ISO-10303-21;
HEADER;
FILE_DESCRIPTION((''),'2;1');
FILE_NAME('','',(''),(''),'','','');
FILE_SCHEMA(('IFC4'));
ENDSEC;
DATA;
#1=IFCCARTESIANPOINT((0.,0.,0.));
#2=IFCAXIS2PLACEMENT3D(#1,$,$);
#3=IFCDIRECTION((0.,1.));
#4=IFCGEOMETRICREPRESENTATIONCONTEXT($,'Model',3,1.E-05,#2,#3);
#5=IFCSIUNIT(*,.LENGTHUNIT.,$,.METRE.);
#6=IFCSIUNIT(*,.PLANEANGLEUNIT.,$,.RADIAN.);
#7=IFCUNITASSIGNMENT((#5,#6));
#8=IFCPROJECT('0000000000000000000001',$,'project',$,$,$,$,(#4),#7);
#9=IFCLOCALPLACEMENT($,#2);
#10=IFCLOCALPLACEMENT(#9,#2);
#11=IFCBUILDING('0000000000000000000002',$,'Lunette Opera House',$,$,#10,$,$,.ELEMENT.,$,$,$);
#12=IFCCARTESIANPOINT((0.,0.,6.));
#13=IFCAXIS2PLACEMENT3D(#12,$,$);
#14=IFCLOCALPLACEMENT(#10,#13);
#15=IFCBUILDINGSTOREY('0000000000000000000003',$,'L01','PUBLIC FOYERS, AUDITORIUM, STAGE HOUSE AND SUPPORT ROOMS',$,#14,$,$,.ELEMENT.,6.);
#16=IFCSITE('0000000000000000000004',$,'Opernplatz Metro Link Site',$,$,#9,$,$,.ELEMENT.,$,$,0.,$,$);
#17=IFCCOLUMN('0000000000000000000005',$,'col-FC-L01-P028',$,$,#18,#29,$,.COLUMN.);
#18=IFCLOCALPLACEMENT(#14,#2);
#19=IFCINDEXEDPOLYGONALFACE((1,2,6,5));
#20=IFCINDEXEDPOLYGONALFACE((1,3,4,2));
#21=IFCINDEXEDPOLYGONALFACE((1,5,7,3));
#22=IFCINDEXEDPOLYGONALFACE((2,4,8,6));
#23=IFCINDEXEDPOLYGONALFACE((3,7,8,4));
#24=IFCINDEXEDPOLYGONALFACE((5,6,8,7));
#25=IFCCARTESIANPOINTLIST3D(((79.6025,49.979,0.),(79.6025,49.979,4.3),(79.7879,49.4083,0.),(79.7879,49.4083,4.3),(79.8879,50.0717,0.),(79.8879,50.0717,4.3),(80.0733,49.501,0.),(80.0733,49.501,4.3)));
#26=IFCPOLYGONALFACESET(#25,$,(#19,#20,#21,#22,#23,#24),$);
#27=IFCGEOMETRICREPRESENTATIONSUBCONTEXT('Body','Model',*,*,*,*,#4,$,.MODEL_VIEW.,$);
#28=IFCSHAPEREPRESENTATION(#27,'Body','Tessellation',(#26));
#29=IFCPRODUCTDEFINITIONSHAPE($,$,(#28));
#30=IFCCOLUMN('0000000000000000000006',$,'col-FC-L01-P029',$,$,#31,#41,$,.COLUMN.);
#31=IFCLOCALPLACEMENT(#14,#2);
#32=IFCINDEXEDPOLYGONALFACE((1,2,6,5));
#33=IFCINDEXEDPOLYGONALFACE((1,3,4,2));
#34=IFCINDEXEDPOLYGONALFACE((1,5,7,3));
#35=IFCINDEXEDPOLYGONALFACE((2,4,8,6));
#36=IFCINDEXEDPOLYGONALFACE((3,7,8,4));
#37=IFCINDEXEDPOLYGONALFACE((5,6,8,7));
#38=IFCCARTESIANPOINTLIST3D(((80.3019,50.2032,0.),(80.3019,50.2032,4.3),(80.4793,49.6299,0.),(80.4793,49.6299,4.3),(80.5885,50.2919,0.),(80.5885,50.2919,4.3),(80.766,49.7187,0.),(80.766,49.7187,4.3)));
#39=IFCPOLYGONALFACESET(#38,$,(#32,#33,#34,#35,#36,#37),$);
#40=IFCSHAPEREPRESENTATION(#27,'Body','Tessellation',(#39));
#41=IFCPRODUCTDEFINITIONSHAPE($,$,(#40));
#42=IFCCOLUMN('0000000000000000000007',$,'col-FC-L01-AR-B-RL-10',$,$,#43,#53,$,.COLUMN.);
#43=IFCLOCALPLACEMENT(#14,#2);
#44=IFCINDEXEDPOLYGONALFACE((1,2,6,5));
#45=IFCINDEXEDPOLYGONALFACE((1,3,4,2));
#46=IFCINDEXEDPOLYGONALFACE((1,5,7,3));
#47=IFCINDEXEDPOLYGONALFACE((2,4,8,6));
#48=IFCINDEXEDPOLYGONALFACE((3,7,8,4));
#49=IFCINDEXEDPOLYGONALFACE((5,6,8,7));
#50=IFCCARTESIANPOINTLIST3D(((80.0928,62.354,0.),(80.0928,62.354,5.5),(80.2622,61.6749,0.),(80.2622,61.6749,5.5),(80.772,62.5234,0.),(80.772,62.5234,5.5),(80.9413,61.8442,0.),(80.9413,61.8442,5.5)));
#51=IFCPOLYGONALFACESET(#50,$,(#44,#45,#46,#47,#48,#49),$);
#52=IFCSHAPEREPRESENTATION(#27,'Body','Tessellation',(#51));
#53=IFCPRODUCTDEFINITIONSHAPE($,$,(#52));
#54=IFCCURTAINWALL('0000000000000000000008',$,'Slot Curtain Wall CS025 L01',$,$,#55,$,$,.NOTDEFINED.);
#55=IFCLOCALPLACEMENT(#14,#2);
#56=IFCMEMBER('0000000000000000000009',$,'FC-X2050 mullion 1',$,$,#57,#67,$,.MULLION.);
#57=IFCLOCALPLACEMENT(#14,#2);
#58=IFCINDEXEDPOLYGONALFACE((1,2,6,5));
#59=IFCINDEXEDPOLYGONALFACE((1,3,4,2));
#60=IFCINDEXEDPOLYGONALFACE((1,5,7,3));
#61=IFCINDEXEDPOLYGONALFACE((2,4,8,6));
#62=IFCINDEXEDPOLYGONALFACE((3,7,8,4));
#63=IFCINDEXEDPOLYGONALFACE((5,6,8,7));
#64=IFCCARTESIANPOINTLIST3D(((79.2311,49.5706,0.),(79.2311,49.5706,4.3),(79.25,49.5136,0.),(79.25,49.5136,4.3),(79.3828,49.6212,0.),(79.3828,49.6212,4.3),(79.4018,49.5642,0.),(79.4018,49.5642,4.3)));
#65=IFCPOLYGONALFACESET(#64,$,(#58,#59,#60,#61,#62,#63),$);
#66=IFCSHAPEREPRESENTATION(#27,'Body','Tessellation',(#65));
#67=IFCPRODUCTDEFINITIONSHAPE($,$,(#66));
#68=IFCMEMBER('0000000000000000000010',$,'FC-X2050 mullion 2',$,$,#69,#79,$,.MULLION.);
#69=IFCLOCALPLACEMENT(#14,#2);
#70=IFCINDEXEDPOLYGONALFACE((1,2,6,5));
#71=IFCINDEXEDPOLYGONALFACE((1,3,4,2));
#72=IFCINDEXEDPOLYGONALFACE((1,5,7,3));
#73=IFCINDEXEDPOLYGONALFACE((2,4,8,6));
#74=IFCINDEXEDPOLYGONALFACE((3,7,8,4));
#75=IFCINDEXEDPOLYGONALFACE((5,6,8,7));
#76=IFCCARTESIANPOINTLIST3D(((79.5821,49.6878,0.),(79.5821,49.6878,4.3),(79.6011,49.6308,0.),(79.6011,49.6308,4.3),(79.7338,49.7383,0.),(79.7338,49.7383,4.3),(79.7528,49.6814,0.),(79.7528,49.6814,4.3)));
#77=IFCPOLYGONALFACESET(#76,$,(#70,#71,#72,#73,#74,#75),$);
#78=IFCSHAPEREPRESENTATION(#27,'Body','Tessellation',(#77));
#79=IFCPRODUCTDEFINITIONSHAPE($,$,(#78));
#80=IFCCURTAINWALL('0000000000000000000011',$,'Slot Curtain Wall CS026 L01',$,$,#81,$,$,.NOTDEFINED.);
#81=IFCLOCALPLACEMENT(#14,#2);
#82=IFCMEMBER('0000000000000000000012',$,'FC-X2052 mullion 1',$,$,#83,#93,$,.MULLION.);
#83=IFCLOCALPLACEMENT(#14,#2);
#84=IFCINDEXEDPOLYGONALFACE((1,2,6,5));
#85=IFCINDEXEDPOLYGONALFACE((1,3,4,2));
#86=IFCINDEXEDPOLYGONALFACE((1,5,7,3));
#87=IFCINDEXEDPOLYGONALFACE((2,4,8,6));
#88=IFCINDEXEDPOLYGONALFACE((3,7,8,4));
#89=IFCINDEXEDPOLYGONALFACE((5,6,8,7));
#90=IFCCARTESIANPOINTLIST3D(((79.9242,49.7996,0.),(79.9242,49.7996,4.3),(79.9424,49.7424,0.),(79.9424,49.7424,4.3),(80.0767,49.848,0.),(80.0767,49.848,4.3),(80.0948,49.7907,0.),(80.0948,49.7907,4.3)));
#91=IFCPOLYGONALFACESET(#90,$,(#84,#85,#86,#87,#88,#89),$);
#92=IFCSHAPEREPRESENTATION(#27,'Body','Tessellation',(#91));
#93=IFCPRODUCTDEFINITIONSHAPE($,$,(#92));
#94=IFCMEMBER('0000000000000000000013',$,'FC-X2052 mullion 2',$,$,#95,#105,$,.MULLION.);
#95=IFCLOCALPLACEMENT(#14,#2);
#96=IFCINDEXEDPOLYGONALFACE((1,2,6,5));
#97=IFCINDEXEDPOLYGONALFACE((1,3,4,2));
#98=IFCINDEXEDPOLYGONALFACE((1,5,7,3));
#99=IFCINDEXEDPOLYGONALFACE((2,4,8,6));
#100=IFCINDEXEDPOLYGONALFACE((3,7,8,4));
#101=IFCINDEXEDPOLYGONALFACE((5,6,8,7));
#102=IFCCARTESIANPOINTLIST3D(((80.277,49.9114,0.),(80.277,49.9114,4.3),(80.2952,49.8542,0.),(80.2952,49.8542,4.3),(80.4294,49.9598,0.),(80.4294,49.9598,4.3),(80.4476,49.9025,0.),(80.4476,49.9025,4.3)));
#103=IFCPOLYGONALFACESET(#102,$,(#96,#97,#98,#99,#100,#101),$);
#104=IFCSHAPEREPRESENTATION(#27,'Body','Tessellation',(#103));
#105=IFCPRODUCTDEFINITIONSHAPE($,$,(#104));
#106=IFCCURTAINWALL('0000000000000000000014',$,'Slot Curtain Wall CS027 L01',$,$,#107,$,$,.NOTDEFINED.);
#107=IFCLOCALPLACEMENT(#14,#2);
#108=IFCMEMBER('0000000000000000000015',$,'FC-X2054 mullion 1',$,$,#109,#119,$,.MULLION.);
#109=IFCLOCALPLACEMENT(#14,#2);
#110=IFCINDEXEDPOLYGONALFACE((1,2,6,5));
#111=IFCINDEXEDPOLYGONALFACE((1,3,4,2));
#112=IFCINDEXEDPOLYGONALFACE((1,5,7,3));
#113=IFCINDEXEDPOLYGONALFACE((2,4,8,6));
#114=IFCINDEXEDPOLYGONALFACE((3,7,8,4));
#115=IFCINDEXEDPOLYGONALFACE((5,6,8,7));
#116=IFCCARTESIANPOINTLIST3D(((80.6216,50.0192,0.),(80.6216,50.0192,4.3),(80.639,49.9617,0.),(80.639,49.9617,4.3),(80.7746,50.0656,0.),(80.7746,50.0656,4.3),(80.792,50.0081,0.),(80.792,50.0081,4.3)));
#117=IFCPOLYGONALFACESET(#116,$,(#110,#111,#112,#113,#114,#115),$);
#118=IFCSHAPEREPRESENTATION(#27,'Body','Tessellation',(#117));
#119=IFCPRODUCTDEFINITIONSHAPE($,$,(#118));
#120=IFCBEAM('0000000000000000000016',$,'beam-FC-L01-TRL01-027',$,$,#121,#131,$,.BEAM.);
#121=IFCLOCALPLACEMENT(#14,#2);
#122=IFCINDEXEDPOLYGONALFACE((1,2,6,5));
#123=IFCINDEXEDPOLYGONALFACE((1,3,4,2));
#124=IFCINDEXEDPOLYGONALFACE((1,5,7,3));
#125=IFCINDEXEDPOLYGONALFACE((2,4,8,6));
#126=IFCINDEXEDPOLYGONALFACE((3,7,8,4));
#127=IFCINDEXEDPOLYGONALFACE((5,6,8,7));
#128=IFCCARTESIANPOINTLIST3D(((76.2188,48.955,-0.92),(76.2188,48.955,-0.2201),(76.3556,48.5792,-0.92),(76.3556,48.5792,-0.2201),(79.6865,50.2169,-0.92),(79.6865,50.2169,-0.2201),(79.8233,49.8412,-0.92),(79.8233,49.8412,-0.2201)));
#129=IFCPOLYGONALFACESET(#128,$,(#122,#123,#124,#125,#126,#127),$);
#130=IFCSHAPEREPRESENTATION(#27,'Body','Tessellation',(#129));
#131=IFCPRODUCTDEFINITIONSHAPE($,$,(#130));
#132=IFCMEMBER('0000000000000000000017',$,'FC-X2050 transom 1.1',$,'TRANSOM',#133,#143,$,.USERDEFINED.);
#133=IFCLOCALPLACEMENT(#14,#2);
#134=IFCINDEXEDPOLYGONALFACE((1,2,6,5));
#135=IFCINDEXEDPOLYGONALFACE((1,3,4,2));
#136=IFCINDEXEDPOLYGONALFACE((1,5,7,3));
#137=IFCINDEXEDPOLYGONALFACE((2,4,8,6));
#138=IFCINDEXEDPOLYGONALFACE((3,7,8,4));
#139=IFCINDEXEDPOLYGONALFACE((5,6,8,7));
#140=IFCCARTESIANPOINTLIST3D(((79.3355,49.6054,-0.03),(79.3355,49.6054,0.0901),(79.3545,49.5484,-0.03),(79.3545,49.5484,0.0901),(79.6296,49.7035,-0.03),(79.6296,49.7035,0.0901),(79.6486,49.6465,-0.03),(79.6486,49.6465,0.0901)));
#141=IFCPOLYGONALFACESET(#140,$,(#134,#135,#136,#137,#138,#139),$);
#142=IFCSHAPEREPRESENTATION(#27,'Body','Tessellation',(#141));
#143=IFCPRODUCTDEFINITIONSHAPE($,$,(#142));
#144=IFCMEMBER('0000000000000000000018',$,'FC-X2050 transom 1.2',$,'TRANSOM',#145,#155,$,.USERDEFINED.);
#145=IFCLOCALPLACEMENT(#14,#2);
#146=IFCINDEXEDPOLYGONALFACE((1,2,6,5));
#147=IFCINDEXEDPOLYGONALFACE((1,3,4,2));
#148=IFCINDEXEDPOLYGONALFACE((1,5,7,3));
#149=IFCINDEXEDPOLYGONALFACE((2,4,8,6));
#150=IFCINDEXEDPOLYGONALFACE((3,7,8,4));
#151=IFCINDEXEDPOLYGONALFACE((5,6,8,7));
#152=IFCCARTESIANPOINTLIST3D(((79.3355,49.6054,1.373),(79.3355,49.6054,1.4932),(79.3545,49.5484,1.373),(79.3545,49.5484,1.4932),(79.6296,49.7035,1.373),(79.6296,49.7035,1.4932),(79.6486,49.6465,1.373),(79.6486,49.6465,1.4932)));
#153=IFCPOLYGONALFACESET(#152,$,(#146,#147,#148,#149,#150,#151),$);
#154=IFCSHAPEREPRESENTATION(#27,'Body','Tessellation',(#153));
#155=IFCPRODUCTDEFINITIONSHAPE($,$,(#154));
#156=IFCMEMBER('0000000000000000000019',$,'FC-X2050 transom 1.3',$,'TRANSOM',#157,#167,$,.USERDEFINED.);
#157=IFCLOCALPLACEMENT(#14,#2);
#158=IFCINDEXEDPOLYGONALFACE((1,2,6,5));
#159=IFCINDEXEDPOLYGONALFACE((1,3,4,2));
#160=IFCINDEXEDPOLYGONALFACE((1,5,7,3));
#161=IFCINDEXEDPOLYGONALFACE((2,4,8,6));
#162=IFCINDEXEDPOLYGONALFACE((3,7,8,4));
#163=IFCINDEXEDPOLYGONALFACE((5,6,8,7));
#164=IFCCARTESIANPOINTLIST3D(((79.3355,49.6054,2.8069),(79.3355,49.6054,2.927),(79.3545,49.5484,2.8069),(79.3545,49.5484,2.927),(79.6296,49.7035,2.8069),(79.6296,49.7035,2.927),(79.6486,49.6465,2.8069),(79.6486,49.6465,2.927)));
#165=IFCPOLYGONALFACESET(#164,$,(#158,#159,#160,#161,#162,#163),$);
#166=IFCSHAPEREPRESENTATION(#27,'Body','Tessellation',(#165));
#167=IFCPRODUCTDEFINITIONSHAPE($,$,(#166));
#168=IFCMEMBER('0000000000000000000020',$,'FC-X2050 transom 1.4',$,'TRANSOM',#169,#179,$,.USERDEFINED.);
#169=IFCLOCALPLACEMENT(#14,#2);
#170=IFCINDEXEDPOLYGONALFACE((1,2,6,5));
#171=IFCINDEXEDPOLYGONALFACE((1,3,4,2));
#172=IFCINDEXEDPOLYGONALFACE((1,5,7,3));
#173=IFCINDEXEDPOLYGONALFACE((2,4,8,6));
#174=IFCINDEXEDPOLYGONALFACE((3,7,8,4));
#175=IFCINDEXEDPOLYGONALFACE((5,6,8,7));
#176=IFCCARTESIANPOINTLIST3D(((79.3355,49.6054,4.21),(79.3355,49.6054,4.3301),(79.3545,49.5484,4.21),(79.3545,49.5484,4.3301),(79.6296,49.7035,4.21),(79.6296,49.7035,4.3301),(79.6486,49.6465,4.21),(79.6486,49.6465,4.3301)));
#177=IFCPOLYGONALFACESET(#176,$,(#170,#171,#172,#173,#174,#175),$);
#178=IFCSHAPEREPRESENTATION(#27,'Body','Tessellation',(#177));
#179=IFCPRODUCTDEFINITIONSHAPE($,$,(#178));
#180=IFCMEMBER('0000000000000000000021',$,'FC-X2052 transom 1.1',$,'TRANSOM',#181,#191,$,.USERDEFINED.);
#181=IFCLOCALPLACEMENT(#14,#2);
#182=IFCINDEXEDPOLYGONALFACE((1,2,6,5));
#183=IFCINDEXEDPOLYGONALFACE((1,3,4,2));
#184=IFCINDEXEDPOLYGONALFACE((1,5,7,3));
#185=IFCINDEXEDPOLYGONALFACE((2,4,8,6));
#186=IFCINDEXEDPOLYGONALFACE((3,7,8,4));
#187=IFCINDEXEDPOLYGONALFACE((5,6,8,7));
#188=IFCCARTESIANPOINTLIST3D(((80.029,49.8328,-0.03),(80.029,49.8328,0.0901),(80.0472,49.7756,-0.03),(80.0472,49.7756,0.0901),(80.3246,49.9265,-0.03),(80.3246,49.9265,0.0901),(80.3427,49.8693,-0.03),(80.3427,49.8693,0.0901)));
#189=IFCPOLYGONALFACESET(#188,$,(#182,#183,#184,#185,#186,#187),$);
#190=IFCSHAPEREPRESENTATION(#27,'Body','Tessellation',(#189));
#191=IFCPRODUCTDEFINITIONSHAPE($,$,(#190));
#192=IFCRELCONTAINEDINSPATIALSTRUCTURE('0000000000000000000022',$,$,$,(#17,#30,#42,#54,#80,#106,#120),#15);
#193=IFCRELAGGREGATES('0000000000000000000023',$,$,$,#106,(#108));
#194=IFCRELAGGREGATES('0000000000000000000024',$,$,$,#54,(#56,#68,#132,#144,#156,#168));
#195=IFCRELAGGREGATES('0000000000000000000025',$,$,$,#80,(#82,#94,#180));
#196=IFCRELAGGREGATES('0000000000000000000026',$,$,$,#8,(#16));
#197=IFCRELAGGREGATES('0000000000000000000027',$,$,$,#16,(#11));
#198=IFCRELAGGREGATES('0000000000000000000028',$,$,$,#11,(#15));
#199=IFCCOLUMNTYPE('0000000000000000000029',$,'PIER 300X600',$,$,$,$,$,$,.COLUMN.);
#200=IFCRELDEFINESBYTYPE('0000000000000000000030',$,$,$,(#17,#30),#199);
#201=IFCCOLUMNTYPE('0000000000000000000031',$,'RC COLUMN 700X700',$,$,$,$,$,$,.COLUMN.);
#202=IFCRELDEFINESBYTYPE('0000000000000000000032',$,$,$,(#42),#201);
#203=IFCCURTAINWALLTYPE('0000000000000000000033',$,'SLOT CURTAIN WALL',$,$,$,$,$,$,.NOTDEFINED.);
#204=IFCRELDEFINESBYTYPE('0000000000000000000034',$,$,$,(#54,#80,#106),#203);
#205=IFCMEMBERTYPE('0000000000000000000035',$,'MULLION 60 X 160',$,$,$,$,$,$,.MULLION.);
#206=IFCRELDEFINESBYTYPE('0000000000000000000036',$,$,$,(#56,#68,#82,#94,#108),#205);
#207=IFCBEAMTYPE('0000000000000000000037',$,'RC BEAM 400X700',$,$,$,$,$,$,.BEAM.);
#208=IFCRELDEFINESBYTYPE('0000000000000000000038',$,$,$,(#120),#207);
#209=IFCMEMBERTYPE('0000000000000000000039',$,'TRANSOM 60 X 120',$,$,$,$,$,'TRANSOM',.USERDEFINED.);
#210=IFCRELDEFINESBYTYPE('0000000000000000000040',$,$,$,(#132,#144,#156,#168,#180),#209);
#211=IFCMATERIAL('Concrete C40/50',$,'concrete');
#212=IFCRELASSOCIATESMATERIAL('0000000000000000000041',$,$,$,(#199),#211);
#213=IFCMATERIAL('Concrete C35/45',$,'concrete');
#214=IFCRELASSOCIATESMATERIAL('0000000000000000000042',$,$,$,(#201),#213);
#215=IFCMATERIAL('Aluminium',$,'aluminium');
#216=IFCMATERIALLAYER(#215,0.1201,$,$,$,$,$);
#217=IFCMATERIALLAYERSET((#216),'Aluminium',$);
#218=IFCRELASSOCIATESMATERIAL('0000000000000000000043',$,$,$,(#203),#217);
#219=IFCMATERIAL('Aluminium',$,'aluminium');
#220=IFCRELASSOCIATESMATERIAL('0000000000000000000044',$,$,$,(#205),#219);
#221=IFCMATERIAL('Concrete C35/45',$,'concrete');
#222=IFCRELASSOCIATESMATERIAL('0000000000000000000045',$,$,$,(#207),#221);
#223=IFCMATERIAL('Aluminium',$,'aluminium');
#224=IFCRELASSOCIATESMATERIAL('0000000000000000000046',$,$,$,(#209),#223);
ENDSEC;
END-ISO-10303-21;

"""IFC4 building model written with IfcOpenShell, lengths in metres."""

from ifc_helpers import new_model, si_unit, direction, frame, origin, origin_2d, place, context, subcontext, project, spatial, rectangle, extrude, material, layer, layer_set, material_profile, profile_set, type_object, element, aggregate, save


model = new_model("IFC4")

# Units and contexts
model_context = context("Model", 3, precision=1e-05, world=origin(), true_north=direction((0.0, 1.0)))
body_context = subcontext(model_context, "Body", "Model", "MODEL_VIEW")
ifc_project = project(units=[si_unit("LENGTHUNIT", "METRE"), si_unit("PLANEANGLEUNIT", "RADIAN")], contexts=[model_context])

# Site, building, storey
site_placement = place(None, origin())
site = spatial("IfcSite", under=ifc_project, at=site_placement, Name="Opernplatz Metro Link Site", CompositionType="ELEMENT", RefElevation=0.0)
building_placement = place(site_placement, origin())
building = spatial("IfcBuilding", under=site, at=building_placement, Name="Lunette Opera House", CompositionType="ELEMENT")
storey_placement = place(building_placement, frame((0.0, 0.0, 6.0)))
storey = spatial("IfcBuildingStorey", under=building, at=storey_placement, Name="L01", Description="PUBLIC FOYERS, AUDITORIUM, STAGE HOUSE AND SUPPORT ROOMS", CompositionType="ELEMENT", Elevation=6.0)

# Columns
ifc_material_1 = material(Name="Concrete C40/50", Category="concrete")
ifc_material_profile_1 = material_profile(ifc_material_1, rectangle(XDim=0.3, YDim=0.6001, at=origin_2d()), Name="PIER 300X600")
ifc_profile_set_1 = profile_set([ifc_material_profile_1], Name="Concrete C40/50")
column_type_1 = type_object("IfcColumnType", Name="PIER 300X600", PredefinedType="COLUMN", material=ifc_profile_set_1)
for number, where, z_axis, x_axis, name in (
    (1, (79.8379, 49.74, 0.0), (0.0, 0.0, 1.0), (0.951057, 0.309017, 0.0), "col-FC-L01-P028"),
    (2, (80.5339, 49.9609, 0.0), (0.0, 0.0, 1.0), (0.955278, 0.295708, 0.0), "col-FC-L01-P029"),
):
    element("IfcColumn", number, at=place(storey_placement, frame(where, z_axis=z_axis, x_axis=x_axis)), inside=storey, type_object=column_type_1, Name=name, PredefinedType="COLUMN", context=body_context, shape_type="SweptSolid", body=[
        extrude(rectangle(XDim=0.3, YDim=0.6001, at=origin_2d()), origin(), (0.0, 0.0, 1.0), 4.3),
    ])
ifc_material_2 = material(Name="Concrete C35/45", Category="concrete")
ifc_material_profile_2 = material_profile(ifc_material_2, rectangle(XDim=0.7, YDim=0.7, at=origin_2d()), Name="RC COLUMN 700X700")
ifc_profile_set_2 = profile_set([ifc_material_profile_2], Name="Concrete C35/45")
column_type_2 = type_object("IfcColumnType", Name="RC COLUMN 700X700", PredefinedType="COLUMN", material=ifc_profile_set_2)
column_placement = place(storey_placement, frame((80.5171, 62.0991, 0.0), z_axis=(0.0, 0.0, 1.0), x_axis=(0.970296, 0.241922, 0.0)))
element("IfcColumn", 3, at=column_placement, inside=storey, type_object=column_type_2, Name="col-FC-L01-AR-B-RL-10", PredefinedType="COLUMN", context=body_context, shape_type="SweptSolid", body=[
    extrude(rectangle(XDim=0.7, YDim=0.7, at=origin_2d()), origin(), (0.0, 0.0, 1.0), 5.5),
])

# Curtain walls, members
ifc_material_3 = material(Name="Aluminium", Category="aluminium")
ifc_layer_1 = layer(ifc_material_3, 0.1201)
ifc_layer_set_1 = layer_set([ifc_layer_1], Name="Aluminium")
curtain_wall_type = type_object("IfcCurtainWallType", Name="SLOT CURTAIN WALL", PredefinedType="NOTDEFINED", material=ifc_layer_set_1)
curtain_wall_1_placement = place(storey_placement, origin())
curtain_wall_1 = element("IfcCurtainWall", 4, at=curtain_wall_1_placement, inside=storey, type_object=curtain_wall_type, Name="Slot Curtain Wall CS025 L01", PredefinedType="NOTDEFINED")
ifc_material_4 = material(Name="Aluminium", Category="aluminium")
ifc_material_profile_3 = material_profile(ifc_material_4, rectangle(XDim=0.0601, YDim=0.1599, at=origin_2d()), Name="MULLION 60 X 160")
ifc_profile_set_3 = profile_set([ifc_material_profile_3], Name="Aluminium")
member_type_1 = type_object("IfcMemberType", Name="MULLION 60 X 160", PredefinedType="MULLION", material=ifc_profile_set_3)
member_1_placement = place(storey_placement, frame((79.3164, 49.5674, 0.0), z_axis=(0.0, 0.0, 1.0), x_axis=(-0.316228, 0.948683, 0.0)))
member_1 = element("IfcMember", 5, at=member_1_placement, type_object=member_type_1, Name="FC-X2050 mullion 1", PredefinedType="MULLION", context=body_context, shape_type="SweptSolid", body=[
    extrude(rectangle(XDim=0.0601, YDim=0.1599, at=origin_2d()), origin(), (0.0, 0.0, 1.0), 4.3),
])
member_2_placement = place(storey_placement, frame((79.6675, 49.6846, 0.0), z_axis=(0.0, 0.0, 1.0), x_axis=(-0.316228, 0.948683, 0.0)))
member_2 = element("IfcMember", 6, at=member_2_placement, type_object=member_type_1, Name="FC-X2050 mullion 2", PredefinedType="MULLION", context=body_context, shape_type="SweptSolid", body=[
    extrude(rectangle(XDim=0.0601, YDim=0.1599, at=origin_2d()), origin(), (0.0, 0.0, 1.0), 4.3),
])
curtain_wall_2_placement = place(storey_placement, origin())
curtain_wall_2 = element("IfcCurtainWall", 7, at=curtain_wall_2_placement, inside=storey, type_object=curtain_wall_type, Name="Slot Curtain Wall CS026 L01", PredefinedType="NOTDEFINED")
member_3_placement = place(storey_placement, frame((80.0095, 49.7952, 0.0), z_axis=(0.0, 0.0, 1.0), x_axis=(-0.302244, 0.953231, 0.0)))
member_3 = element("IfcMember", 8, at=member_3_placement, type_object=member_type_1, Name="FC-X2052 mullion 1", PredefinedType="MULLION", context=body_context, shape_type="SweptSolid", body=[
    extrude(rectangle(XDim=0.0601, YDim=0.1599, at=origin_2d()), origin(), (0.0, 0.0, 1.0), 4.3),
])
member_4_placement = place(storey_placement, frame((80.3623, 49.907, 0.0), z_axis=(0.0, 0.0, 1.0), x_axis=(-0.302244, 0.953231, 0.0)))
member_4 = element("IfcMember", 9, at=member_4_placement, type_object=member_type_1, Name="FC-X2052 mullion 2", PredefinedType="MULLION", context=body_context, shape_type="SweptSolid", body=[
    extrude(rectangle(XDim=0.0601, YDim=0.1599, at=origin_2d()), origin(), (0.0, 0.0, 1.0), 4.3),
])

# Curtain wall, member
curtain_wall_3_placement = place(storey_placement, origin())
curtain_wall_3 = element("IfcCurtainWall", 10, at=curtain_wall_3_placement, inside=storey, type_object=curtain_wall_type, Name="Slot Curtain Wall CS027 L01", PredefinedType="NOTDEFINED")
member_5_placement = place(storey_placement, frame((80.7068, 50.0137, 0.0), z_axis=(0.0, 0.0, 1.0), x_axis=(-0.29033, 0.956927, 0.0)))
member_5 = element("IfcMember", 11, at=member_5_placement, type_object=member_type_1, Name="FC-X2054 mullion 1", PredefinedType="MULLION", context=body_context, shape_type="SweptSolid", body=[
    extrude(rectangle(XDim=0.0601, YDim=0.1599, at=origin_2d()), origin(), (0.0, 0.0, 1.0), 4.3),
])

# Beam
ifc_material_5 = material(Name="Concrete C35/45", Category="concrete")
ifc_material_profile_4 = material_profile(ifc_material_5, rectangle(XDim=0.3999, YDim=0.7, at=origin_2d()), Name="RC BEAM 400X700")
ifc_profile_set_4 = profile_set([ifc_material_profile_4], Name="Concrete C35/45")
beam_type = type_object("IfcBeamType", Name="RC BEAM 400X700", PredefinedType="BEAM", material=ifc_profile_set_4)
beam_placement = place(storey_placement, frame((79.7549, 50.0291, -0.5701), z_axis=(-0.93971, -0.341971, 0.0), x_axis=(0.341971, -0.93971, 0.0)))
element("IfcBeam", 12, at=beam_placement, inside=storey, type_object=beam_type, Name="beam-FC-L01-TRL01-027", PredefinedType="BEAM", context=body_context, shape_type="SweptSolid", body=[
    extrude(rectangle(XDim=0.3999, YDim=0.7, at=origin_2d()), origin(), (0.0, 0.0, 1.0), 3.6902),
])

# Members
ifc_material_6 = material(Name="Aluminium", Category="aluminium")
ifc_material_profile_5 = material_profile(ifc_material_6, rectangle(XDim=0.0601, YDim=0.1201, at=origin_2d()), Name="TRANSOM 60 X 120")
ifc_profile_set_5 = profile_set([ifc_material_profile_5], Name="Aluminium")
member_type_2 = type_object("IfcMemberType", Name="TRANSOM 60 X 120", ElementType="TRANSOM", PredefinedType="USERDEFINED", material=ifc_profile_set_5)
member_6_placement = place(storey_placement, frame((79.345, 49.5769, 0.03), z_axis=(0.948605, 0.316464, 0.0), x_axis=(-0.316464, 0.948605, 0.0)))
member_6 = element("IfcMember", 13, at=member_6_placement, type_object=member_type_2, Name="FC-X2050 transom 1.1", ObjectType="TRANSOM", PredefinedType="USERDEFINED", context=body_context, shape_type="SweptSolid", body=[
    extrude(rectangle(XDim=0.0601, YDim=0.1201, at=origin_2d()), origin(), (0.0, 0.0, 1.0), 0.3101),
])
member_7_placement = place(storey_placement, frame((79.345, 49.5769, 1.4331), z_axis=(0.948605, 0.316464, 0.0), x_axis=(-0.316464, 0.948605, 0.0)))
member_7 = element("IfcMember", 14, at=member_7_placement, type_object=member_type_2, Name="FC-X2050 transom 1.2", ObjectType="TRANSOM", PredefinedType="USERDEFINED", context=body_context, shape_type="SweptSolid", body=[
    extrude(rectangle(XDim=0.0601, YDim=0.1201, at=origin_2d()), origin(), (0.0, 0.0, 1.0), 0.3101),
])
member_8_placement = place(storey_placement, frame((79.345, 49.5769, 2.8669), z_axis=(0.948605, 0.316464, 0.0), x_axis=(-0.316464, 0.948605, 0.0)))
member_8 = element("IfcMember", 15, at=member_8_placement, type_object=member_type_2, Name="FC-X2050 transom 1.3", ObjectType="TRANSOM", PredefinedType="USERDEFINED", context=body_context, shape_type="SweptSolid", body=[
    extrude(rectangle(XDim=0.0601, YDim=0.1201, at=origin_2d()), origin(), (0.0, 0.0, 1.0), 0.3101),
])
member_9_placement = place(storey_placement, frame((79.345, 49.5769, 4.27), z_axis=(0.948605, 0.316464, 0.0), x_axis=(-0.316464, 0.948605, 0.0)))
member_9 = element("IfcMember", 16, at=member_9_placement, type_object=member_type_2, Name="FC-X2050 transom 1.4", ObjectType="TRANSOM", PredefinedType="USERDEFINED", context=body_context, shape_type="SweptSolid", body=[
    extrude(rectangle(XDim=0.0601, YDim=0.1201, at=origin_2d()), origin(), (0.0, 0.0, 1.0), 0.3101),
])
member_10_placement = place(storey_placement, frame((80.0381, 49.8042, 0.03), z_axis=(0.953225, 0.302261, 0.0), x_axis=(-0.302261, 0.953225, 0.0)))
member_10 = element("IfcMember", 17, at=member_10_placement, type_object=member_type_2, Name="FC-X2052 transom 1.1", ObjectType="TRANSOM", PredefinedType="USERDEFINED", context=body_context, shape_type="SweptSolid", body=[
    extrude(rectangle(XDim=0.0601, YDim=0.1201, at=origin_2d()), origin(), (0.0, 0.0, 1.0), 0.3101),
])
aggregate(curtain_wall_3, [member_5])

aggregate(curtain_wall_1, [member_1, member_2, member_6, member_7, member_8, member_9])
aggregate(curtain_wall_2, [member_3, member_4, member_10])

save(model, "model.ifc")
